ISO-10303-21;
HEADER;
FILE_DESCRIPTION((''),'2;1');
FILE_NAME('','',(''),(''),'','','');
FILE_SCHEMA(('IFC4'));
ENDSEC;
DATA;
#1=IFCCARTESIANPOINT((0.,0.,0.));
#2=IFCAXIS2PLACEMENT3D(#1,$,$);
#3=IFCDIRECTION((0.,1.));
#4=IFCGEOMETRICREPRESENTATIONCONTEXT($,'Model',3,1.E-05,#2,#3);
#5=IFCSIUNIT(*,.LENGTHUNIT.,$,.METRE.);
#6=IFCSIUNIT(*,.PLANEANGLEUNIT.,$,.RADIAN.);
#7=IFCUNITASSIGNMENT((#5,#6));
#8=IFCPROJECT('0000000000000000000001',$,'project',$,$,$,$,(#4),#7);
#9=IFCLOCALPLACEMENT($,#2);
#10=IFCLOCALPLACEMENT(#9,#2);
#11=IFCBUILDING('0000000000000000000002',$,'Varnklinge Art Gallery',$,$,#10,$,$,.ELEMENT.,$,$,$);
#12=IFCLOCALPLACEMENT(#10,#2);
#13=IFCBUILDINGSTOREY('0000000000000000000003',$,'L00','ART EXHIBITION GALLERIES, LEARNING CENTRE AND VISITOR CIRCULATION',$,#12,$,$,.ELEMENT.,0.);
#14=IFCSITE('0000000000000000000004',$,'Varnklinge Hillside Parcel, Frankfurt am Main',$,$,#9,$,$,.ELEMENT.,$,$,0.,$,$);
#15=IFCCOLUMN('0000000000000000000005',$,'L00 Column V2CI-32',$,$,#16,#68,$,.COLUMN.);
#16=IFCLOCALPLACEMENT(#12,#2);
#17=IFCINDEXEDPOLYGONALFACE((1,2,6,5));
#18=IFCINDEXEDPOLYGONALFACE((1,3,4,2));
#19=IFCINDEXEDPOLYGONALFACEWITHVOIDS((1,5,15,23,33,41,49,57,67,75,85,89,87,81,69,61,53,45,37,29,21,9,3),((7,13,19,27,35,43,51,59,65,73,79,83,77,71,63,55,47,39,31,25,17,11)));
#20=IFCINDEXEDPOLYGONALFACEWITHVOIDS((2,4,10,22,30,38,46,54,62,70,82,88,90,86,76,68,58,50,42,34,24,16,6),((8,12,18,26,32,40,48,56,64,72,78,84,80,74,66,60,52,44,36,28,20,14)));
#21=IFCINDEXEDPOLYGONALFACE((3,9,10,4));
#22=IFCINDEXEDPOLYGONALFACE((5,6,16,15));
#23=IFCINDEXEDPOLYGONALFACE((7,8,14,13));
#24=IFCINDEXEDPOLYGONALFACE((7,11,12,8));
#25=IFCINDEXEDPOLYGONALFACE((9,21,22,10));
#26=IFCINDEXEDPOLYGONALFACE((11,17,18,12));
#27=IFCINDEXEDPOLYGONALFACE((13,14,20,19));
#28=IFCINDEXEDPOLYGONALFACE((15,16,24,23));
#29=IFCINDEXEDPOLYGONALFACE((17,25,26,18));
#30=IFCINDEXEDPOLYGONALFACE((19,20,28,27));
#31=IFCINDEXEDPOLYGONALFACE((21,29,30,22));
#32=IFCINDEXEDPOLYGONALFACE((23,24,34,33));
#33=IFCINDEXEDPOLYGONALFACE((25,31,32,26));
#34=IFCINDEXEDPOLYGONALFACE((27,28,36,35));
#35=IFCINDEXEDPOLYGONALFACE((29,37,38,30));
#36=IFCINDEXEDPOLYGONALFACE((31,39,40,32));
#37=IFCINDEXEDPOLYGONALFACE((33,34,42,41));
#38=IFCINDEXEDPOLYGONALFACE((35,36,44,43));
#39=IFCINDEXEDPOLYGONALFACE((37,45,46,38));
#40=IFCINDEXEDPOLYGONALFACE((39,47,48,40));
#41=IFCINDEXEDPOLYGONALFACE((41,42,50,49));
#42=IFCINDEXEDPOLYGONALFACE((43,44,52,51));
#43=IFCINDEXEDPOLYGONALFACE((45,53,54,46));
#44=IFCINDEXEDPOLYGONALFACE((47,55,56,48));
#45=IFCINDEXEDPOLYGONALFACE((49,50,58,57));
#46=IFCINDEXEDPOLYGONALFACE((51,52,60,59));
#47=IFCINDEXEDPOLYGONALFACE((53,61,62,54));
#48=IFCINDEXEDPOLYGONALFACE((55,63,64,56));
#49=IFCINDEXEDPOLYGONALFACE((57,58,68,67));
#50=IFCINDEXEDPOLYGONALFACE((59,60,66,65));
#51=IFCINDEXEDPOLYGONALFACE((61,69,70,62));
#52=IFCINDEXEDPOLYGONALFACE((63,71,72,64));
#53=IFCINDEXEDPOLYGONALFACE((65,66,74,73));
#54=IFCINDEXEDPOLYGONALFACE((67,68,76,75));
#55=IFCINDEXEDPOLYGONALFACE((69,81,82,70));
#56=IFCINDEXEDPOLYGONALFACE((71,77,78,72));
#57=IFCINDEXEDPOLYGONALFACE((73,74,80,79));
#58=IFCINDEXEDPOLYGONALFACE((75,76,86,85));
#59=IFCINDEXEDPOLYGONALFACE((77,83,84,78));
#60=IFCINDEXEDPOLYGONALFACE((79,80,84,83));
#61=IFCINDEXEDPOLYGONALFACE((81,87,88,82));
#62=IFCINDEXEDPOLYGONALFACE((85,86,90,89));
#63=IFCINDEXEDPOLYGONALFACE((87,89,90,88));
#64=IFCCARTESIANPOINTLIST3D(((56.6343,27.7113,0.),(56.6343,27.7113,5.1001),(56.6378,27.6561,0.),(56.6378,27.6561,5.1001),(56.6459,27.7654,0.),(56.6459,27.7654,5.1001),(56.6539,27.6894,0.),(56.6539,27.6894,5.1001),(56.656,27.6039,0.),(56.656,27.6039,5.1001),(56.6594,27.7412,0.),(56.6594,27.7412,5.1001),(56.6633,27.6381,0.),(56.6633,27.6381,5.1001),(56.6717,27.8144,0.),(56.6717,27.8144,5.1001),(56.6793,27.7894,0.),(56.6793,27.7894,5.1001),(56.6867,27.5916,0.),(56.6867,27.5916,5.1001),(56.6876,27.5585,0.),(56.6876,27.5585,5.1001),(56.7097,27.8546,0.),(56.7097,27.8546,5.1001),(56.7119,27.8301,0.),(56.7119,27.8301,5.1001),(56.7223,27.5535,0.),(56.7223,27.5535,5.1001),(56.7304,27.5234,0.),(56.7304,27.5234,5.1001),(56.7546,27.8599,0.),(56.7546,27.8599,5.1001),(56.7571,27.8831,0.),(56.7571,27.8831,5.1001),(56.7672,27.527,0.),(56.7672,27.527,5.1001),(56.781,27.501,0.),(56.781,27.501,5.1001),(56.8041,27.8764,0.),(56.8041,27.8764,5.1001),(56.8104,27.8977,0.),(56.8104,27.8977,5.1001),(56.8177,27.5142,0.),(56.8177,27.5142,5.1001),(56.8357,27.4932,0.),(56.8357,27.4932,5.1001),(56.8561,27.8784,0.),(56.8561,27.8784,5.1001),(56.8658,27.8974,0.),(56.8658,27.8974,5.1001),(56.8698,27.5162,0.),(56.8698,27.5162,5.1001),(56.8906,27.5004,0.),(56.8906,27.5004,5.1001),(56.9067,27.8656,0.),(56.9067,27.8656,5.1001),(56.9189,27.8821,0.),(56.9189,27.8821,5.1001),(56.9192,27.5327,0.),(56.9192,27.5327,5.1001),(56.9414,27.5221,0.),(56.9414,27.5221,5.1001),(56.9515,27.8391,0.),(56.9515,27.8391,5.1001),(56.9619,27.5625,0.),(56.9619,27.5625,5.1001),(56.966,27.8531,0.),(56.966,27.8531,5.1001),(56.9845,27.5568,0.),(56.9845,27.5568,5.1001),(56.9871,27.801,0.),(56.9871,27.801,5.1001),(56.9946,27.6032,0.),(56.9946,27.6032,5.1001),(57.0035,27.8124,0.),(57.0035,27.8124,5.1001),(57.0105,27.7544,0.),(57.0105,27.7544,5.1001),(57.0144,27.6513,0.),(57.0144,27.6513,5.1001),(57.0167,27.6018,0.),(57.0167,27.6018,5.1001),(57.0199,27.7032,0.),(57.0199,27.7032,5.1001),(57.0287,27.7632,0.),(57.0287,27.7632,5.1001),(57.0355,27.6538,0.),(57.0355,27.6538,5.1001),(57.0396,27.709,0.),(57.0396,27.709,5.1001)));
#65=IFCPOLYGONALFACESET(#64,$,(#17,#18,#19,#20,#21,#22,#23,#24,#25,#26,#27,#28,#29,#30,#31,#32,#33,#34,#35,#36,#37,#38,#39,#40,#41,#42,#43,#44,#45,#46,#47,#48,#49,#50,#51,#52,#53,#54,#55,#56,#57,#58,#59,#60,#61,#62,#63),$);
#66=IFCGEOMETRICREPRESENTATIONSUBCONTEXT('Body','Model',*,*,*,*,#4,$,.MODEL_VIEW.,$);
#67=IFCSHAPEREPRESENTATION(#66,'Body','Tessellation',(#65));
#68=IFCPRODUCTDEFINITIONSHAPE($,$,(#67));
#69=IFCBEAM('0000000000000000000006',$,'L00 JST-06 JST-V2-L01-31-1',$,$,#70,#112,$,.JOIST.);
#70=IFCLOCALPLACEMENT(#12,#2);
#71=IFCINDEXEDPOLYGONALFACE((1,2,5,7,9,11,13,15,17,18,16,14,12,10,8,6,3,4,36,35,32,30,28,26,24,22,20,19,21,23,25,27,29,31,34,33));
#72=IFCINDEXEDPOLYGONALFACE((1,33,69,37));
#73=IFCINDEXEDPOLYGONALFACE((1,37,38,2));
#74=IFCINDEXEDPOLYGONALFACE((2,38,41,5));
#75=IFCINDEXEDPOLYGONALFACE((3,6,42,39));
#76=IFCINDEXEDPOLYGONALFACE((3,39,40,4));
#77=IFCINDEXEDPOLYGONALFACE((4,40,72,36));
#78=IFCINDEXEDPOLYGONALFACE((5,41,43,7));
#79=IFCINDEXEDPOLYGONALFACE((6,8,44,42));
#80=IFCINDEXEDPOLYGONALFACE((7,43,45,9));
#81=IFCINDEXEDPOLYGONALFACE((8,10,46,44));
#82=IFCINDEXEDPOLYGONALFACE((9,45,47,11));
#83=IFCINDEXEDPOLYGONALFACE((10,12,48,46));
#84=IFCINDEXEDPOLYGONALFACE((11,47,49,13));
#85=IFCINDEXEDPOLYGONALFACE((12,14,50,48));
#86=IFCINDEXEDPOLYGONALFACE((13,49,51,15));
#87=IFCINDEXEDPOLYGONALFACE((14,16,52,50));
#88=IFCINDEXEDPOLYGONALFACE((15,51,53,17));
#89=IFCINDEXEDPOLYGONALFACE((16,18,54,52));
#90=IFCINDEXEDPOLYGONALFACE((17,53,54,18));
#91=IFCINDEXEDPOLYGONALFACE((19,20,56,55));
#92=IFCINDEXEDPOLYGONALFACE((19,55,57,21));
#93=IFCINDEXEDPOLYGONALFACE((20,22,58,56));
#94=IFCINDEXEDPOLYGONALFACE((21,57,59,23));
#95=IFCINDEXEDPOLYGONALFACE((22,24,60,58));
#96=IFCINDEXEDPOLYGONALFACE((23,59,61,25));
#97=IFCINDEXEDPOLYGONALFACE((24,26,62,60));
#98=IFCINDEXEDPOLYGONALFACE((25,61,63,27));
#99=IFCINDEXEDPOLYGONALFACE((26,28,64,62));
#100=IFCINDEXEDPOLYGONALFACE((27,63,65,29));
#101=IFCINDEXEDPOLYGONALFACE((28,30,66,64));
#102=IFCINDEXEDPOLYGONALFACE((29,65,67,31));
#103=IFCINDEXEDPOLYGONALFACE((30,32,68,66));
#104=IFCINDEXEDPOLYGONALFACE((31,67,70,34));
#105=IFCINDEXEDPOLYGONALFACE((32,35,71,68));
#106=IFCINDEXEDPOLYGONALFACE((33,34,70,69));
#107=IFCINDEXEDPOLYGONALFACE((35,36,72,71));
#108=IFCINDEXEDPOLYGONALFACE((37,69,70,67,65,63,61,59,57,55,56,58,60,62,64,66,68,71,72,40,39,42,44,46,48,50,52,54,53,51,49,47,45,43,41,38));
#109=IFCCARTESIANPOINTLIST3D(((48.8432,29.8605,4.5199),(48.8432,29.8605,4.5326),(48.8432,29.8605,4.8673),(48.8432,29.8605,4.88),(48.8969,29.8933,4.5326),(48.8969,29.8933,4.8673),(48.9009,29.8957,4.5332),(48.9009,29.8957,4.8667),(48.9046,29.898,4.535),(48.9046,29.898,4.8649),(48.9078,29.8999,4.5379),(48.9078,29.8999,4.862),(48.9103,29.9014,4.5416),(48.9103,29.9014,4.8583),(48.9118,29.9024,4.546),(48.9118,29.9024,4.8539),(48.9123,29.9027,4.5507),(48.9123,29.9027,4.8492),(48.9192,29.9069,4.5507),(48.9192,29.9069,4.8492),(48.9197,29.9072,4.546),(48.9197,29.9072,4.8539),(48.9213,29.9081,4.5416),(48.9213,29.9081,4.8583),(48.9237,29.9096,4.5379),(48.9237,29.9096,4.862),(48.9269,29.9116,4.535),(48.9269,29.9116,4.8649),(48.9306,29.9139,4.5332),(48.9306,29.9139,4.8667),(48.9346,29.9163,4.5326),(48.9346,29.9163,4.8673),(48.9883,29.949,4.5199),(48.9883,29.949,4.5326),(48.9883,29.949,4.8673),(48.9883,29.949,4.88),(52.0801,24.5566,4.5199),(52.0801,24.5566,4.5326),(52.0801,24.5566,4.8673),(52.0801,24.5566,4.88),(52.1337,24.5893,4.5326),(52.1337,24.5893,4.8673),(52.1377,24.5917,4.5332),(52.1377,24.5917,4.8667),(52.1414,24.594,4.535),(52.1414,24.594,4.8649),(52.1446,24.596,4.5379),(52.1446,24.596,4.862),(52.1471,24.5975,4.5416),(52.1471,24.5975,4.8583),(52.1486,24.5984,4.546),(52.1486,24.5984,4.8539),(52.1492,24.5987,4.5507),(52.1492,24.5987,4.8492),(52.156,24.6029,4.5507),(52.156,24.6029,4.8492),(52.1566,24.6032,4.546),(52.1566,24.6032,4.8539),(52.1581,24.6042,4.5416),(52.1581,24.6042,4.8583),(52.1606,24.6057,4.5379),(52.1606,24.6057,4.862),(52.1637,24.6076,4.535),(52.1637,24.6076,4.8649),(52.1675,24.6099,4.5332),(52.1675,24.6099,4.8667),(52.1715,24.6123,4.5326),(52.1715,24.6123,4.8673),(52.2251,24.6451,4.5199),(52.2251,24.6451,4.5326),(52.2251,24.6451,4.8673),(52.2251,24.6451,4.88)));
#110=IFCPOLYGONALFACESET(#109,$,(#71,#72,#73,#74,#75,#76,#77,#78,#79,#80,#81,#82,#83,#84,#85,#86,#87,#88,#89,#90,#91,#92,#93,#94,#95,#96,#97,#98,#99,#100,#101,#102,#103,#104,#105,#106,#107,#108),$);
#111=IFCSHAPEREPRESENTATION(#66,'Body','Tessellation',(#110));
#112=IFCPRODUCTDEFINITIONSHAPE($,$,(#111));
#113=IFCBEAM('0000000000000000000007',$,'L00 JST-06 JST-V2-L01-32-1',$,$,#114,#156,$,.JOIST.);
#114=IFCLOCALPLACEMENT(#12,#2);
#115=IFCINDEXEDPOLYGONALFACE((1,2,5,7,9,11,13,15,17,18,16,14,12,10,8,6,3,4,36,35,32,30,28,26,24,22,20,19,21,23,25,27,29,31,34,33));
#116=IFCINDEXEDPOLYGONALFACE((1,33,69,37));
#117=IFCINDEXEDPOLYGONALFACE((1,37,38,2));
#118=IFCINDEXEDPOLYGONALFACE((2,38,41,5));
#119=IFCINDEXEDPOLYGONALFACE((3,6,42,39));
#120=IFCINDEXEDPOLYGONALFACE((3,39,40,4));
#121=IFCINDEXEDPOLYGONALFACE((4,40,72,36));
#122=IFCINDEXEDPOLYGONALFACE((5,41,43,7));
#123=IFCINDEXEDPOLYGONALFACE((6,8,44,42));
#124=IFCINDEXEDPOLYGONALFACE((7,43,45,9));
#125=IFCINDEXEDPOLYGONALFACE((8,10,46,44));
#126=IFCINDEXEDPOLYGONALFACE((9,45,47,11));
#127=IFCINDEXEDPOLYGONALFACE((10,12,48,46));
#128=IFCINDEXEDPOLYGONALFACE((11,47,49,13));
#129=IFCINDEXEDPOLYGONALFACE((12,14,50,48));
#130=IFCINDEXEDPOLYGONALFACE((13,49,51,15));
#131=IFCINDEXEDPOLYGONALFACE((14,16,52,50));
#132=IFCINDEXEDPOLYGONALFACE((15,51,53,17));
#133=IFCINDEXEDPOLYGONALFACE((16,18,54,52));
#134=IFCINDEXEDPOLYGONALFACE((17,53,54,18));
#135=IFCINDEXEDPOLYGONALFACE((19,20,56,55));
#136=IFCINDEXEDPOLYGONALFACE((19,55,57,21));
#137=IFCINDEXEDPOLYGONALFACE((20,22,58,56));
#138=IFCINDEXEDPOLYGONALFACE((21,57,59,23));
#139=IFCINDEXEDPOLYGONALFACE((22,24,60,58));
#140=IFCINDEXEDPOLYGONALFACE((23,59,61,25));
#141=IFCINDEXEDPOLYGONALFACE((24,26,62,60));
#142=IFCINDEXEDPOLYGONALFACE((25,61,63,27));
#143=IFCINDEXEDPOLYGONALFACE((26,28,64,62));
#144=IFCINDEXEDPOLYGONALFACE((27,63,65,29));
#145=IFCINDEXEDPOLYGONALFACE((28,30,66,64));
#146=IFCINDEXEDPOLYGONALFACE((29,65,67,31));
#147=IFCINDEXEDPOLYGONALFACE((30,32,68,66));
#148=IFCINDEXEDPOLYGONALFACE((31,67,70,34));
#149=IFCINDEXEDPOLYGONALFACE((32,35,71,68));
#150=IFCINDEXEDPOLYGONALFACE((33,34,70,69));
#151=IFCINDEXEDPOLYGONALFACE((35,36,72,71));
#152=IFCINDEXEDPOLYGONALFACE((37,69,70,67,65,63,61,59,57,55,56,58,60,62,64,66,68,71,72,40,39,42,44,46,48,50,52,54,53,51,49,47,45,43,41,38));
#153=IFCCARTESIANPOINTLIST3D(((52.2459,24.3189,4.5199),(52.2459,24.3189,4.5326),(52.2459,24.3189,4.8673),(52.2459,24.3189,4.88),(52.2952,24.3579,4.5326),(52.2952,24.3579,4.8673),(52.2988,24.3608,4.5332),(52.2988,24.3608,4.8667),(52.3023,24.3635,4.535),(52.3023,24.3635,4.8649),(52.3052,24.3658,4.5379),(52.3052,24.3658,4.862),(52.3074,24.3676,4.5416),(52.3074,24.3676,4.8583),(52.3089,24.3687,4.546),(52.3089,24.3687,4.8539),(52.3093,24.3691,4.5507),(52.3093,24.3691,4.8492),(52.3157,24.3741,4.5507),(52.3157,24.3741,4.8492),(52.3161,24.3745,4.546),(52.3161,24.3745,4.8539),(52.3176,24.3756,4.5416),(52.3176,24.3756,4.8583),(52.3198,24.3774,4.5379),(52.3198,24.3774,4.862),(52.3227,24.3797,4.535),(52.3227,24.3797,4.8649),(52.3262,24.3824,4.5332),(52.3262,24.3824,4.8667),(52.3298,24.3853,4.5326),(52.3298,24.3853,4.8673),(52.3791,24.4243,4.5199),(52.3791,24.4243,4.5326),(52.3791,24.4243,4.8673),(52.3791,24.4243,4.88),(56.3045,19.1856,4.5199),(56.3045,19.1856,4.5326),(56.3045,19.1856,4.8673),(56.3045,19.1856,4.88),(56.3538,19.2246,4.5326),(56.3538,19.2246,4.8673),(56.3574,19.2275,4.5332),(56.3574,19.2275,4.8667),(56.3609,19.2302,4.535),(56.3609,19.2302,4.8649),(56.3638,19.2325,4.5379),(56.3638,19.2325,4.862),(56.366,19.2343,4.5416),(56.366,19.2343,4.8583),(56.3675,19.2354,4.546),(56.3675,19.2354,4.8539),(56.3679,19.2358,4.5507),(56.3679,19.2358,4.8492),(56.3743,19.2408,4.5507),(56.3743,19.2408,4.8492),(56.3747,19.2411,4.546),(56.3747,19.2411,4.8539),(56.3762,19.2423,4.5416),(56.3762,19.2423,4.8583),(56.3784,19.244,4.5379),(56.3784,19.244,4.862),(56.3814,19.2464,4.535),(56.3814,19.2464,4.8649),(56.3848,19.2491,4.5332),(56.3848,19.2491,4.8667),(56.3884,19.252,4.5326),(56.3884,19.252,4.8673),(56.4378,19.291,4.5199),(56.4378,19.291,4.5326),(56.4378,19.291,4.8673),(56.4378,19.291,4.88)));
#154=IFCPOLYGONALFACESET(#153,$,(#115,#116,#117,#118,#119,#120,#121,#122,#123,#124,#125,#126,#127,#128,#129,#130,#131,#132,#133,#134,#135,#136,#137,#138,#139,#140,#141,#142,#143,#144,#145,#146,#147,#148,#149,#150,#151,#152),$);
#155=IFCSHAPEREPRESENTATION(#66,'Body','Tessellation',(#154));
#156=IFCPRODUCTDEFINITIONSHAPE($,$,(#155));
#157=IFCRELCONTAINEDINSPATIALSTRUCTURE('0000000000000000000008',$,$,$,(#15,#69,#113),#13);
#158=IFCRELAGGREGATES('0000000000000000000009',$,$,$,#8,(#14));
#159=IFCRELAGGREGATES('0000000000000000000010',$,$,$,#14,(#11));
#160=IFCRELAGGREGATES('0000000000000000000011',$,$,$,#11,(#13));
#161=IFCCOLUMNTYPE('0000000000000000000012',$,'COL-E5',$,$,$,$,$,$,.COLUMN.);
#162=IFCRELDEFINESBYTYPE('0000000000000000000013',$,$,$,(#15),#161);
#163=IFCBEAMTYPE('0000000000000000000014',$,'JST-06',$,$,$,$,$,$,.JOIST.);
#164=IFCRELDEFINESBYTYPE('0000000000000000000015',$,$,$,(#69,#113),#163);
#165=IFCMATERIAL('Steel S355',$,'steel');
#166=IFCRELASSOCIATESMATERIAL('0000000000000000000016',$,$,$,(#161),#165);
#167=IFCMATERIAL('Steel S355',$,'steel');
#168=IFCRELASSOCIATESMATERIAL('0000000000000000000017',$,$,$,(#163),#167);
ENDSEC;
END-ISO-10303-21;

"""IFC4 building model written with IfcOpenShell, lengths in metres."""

from ifc_helpers import new_model, si_unit, direction, frame, origin, origin_2d, place, context, subcontext, project, spatial, hollow_circle, i_section, extrude, material, material_profile, profile_set, type_object, element, save


model = new_model("IFC4")

# Units and contexts
model_context = context("Model", 3, precision=1e-05, world=origin(), true_north=direction((0.0, 1.0)))
body_context = subcontext(model_context, "Body", "Model", "MODEL_VIEW")
ifc_project = project(units=[si_unit("LENGTHUNIT", "METRE"), si_unit("PLANEANGLEUNIT", "RADIAN")], contexts=[model_context])

# Site, building, storey
site_placement = place(None, origin())
site = spatial("IfcSite", under=ifc_project, at=site_placement, Name="Varnklinge Hillside Parcel, Frankfurt am Main", CompositionType="ELEMENT", RefElevation=0.0)
building_placement = place(site_placement, origin())
building = spatial("IfcBuilding", under=site, at=building_placement, Name="Varnklinge Art Gallery", CompositionType="ELEMENT")
storey_placement = place(building_placement, origin())
storey = spatial("IfcBuildingStorey", under=building, at=storey_placement, Name="L00", Description="ART EXHIBITION GALLERIES, LEARNING CENTRE AND VISITOR CIRCULATION", CompositionType="ELEMENT", Elevation=0.0)

# Column
ifc_material_1 = material(Name="Steel S355", Category="steel")
ifc_material_profile_1 = material_profile(ifc_material_1, hollow_circle(Radius=0.2031, WallThickness=0.02, at=origin_2d()), Name="CHS 406.4x20")
ifc_profile_set_1 = profile_set([ifc_material_profile_1], Name="Steel S355")
column_type = type_object("IfcColumnType", Name="COL-E5", PredefinedType="COLUMN", material=ifc_profile_set_1)
column_placement = place(storey_placement, frame((56.8369, 27.6963, 0.0), z_axis=(0.0, 0.0, 1.0), x_axis=(0.820352, 0.57186, 0.0)))
element("IfcColumn", 1, at=column_placement, inside=storey, type_object=column_type, Name="L00 Column V2CI-32", PredefinedType="COLUMN", context=body_context, shape_type="SweptSolid", body=[
    extrude(hollow_circle(Radius=0.2031, WallThickness=0.02, at=origin_2d()), origin(), (0.0, 0.0, 1.0), 5.1001),
])

# Beams
ifc_material_2 = material(Name="Steel S355", Category="steel")
ifc_material_profile_2 = material_profile(ifc_material_2, i_section(OverallWidth=0.1699, OverallDepth=0.3601, WebThickness=0.0081, FlangeThickness=0.0127, FilletRadius=0.0181, at=origin_2d()), Name="IPE 360")
ifc_profile_set_2 = profile_set([ifc_material_profile_2], Name="Steel S355")
beam_type_1 = type_object("IfcBeamType", Name="JST-06", PredefinedType="JOIST", material=ifc_profile_set_2)
beam_1_placement = place(storey_placement, frame((48.9158, 29.9048, 4.7), z_axis=(0.520924, -0.853603, 0.0), x_axis=(0.853603, 0.520924, 0.0)))
element("IfcBeam", 2, at=beam_1_placement, inside=storey, type_object=beam_type_1, Name="L00 JST-06 JST-V2-L01-31-1", PredefinedType="JOIST", context=body_context, shape_type="SweptSolid", body=[
    extrude(i_section(OverallWidth=0.1699, OverallDepth=0.3601, WebThickness=0.0081, FlangeThickness=0.0127, FilletRadius=0.0181, at=origin_2d()), origin(), (0.0, 0.0, 1.0), 6.2136),
])
beam_2_placement = place(storey_placement, frame((52.3125, 24.3716, 4.7), z_axis=(0.620208, -0.784438, 0.0), x_axis=(0.784438, 0.620208, 0.0)))
element("IfcBeam", 3, at=beam_2_placement, inside=storey, type_object=beam_type_1, Name="L00 JST-06 JST-V2-L01-32-1", PredefinedType="JOIST", context=body_context, shape_type="SweptSolid", body=[
    extrude(i_section(OverallWidth=0.1699, OverallDepth=0.3601, WebThickness=0.0081, FlangeThickness=0.0127, FilletRadius=0.0181, at=origin_2d()), origin(), (0.0, 0.0, 1.0), 6.5439),
])

save(model, "model.ifc")
